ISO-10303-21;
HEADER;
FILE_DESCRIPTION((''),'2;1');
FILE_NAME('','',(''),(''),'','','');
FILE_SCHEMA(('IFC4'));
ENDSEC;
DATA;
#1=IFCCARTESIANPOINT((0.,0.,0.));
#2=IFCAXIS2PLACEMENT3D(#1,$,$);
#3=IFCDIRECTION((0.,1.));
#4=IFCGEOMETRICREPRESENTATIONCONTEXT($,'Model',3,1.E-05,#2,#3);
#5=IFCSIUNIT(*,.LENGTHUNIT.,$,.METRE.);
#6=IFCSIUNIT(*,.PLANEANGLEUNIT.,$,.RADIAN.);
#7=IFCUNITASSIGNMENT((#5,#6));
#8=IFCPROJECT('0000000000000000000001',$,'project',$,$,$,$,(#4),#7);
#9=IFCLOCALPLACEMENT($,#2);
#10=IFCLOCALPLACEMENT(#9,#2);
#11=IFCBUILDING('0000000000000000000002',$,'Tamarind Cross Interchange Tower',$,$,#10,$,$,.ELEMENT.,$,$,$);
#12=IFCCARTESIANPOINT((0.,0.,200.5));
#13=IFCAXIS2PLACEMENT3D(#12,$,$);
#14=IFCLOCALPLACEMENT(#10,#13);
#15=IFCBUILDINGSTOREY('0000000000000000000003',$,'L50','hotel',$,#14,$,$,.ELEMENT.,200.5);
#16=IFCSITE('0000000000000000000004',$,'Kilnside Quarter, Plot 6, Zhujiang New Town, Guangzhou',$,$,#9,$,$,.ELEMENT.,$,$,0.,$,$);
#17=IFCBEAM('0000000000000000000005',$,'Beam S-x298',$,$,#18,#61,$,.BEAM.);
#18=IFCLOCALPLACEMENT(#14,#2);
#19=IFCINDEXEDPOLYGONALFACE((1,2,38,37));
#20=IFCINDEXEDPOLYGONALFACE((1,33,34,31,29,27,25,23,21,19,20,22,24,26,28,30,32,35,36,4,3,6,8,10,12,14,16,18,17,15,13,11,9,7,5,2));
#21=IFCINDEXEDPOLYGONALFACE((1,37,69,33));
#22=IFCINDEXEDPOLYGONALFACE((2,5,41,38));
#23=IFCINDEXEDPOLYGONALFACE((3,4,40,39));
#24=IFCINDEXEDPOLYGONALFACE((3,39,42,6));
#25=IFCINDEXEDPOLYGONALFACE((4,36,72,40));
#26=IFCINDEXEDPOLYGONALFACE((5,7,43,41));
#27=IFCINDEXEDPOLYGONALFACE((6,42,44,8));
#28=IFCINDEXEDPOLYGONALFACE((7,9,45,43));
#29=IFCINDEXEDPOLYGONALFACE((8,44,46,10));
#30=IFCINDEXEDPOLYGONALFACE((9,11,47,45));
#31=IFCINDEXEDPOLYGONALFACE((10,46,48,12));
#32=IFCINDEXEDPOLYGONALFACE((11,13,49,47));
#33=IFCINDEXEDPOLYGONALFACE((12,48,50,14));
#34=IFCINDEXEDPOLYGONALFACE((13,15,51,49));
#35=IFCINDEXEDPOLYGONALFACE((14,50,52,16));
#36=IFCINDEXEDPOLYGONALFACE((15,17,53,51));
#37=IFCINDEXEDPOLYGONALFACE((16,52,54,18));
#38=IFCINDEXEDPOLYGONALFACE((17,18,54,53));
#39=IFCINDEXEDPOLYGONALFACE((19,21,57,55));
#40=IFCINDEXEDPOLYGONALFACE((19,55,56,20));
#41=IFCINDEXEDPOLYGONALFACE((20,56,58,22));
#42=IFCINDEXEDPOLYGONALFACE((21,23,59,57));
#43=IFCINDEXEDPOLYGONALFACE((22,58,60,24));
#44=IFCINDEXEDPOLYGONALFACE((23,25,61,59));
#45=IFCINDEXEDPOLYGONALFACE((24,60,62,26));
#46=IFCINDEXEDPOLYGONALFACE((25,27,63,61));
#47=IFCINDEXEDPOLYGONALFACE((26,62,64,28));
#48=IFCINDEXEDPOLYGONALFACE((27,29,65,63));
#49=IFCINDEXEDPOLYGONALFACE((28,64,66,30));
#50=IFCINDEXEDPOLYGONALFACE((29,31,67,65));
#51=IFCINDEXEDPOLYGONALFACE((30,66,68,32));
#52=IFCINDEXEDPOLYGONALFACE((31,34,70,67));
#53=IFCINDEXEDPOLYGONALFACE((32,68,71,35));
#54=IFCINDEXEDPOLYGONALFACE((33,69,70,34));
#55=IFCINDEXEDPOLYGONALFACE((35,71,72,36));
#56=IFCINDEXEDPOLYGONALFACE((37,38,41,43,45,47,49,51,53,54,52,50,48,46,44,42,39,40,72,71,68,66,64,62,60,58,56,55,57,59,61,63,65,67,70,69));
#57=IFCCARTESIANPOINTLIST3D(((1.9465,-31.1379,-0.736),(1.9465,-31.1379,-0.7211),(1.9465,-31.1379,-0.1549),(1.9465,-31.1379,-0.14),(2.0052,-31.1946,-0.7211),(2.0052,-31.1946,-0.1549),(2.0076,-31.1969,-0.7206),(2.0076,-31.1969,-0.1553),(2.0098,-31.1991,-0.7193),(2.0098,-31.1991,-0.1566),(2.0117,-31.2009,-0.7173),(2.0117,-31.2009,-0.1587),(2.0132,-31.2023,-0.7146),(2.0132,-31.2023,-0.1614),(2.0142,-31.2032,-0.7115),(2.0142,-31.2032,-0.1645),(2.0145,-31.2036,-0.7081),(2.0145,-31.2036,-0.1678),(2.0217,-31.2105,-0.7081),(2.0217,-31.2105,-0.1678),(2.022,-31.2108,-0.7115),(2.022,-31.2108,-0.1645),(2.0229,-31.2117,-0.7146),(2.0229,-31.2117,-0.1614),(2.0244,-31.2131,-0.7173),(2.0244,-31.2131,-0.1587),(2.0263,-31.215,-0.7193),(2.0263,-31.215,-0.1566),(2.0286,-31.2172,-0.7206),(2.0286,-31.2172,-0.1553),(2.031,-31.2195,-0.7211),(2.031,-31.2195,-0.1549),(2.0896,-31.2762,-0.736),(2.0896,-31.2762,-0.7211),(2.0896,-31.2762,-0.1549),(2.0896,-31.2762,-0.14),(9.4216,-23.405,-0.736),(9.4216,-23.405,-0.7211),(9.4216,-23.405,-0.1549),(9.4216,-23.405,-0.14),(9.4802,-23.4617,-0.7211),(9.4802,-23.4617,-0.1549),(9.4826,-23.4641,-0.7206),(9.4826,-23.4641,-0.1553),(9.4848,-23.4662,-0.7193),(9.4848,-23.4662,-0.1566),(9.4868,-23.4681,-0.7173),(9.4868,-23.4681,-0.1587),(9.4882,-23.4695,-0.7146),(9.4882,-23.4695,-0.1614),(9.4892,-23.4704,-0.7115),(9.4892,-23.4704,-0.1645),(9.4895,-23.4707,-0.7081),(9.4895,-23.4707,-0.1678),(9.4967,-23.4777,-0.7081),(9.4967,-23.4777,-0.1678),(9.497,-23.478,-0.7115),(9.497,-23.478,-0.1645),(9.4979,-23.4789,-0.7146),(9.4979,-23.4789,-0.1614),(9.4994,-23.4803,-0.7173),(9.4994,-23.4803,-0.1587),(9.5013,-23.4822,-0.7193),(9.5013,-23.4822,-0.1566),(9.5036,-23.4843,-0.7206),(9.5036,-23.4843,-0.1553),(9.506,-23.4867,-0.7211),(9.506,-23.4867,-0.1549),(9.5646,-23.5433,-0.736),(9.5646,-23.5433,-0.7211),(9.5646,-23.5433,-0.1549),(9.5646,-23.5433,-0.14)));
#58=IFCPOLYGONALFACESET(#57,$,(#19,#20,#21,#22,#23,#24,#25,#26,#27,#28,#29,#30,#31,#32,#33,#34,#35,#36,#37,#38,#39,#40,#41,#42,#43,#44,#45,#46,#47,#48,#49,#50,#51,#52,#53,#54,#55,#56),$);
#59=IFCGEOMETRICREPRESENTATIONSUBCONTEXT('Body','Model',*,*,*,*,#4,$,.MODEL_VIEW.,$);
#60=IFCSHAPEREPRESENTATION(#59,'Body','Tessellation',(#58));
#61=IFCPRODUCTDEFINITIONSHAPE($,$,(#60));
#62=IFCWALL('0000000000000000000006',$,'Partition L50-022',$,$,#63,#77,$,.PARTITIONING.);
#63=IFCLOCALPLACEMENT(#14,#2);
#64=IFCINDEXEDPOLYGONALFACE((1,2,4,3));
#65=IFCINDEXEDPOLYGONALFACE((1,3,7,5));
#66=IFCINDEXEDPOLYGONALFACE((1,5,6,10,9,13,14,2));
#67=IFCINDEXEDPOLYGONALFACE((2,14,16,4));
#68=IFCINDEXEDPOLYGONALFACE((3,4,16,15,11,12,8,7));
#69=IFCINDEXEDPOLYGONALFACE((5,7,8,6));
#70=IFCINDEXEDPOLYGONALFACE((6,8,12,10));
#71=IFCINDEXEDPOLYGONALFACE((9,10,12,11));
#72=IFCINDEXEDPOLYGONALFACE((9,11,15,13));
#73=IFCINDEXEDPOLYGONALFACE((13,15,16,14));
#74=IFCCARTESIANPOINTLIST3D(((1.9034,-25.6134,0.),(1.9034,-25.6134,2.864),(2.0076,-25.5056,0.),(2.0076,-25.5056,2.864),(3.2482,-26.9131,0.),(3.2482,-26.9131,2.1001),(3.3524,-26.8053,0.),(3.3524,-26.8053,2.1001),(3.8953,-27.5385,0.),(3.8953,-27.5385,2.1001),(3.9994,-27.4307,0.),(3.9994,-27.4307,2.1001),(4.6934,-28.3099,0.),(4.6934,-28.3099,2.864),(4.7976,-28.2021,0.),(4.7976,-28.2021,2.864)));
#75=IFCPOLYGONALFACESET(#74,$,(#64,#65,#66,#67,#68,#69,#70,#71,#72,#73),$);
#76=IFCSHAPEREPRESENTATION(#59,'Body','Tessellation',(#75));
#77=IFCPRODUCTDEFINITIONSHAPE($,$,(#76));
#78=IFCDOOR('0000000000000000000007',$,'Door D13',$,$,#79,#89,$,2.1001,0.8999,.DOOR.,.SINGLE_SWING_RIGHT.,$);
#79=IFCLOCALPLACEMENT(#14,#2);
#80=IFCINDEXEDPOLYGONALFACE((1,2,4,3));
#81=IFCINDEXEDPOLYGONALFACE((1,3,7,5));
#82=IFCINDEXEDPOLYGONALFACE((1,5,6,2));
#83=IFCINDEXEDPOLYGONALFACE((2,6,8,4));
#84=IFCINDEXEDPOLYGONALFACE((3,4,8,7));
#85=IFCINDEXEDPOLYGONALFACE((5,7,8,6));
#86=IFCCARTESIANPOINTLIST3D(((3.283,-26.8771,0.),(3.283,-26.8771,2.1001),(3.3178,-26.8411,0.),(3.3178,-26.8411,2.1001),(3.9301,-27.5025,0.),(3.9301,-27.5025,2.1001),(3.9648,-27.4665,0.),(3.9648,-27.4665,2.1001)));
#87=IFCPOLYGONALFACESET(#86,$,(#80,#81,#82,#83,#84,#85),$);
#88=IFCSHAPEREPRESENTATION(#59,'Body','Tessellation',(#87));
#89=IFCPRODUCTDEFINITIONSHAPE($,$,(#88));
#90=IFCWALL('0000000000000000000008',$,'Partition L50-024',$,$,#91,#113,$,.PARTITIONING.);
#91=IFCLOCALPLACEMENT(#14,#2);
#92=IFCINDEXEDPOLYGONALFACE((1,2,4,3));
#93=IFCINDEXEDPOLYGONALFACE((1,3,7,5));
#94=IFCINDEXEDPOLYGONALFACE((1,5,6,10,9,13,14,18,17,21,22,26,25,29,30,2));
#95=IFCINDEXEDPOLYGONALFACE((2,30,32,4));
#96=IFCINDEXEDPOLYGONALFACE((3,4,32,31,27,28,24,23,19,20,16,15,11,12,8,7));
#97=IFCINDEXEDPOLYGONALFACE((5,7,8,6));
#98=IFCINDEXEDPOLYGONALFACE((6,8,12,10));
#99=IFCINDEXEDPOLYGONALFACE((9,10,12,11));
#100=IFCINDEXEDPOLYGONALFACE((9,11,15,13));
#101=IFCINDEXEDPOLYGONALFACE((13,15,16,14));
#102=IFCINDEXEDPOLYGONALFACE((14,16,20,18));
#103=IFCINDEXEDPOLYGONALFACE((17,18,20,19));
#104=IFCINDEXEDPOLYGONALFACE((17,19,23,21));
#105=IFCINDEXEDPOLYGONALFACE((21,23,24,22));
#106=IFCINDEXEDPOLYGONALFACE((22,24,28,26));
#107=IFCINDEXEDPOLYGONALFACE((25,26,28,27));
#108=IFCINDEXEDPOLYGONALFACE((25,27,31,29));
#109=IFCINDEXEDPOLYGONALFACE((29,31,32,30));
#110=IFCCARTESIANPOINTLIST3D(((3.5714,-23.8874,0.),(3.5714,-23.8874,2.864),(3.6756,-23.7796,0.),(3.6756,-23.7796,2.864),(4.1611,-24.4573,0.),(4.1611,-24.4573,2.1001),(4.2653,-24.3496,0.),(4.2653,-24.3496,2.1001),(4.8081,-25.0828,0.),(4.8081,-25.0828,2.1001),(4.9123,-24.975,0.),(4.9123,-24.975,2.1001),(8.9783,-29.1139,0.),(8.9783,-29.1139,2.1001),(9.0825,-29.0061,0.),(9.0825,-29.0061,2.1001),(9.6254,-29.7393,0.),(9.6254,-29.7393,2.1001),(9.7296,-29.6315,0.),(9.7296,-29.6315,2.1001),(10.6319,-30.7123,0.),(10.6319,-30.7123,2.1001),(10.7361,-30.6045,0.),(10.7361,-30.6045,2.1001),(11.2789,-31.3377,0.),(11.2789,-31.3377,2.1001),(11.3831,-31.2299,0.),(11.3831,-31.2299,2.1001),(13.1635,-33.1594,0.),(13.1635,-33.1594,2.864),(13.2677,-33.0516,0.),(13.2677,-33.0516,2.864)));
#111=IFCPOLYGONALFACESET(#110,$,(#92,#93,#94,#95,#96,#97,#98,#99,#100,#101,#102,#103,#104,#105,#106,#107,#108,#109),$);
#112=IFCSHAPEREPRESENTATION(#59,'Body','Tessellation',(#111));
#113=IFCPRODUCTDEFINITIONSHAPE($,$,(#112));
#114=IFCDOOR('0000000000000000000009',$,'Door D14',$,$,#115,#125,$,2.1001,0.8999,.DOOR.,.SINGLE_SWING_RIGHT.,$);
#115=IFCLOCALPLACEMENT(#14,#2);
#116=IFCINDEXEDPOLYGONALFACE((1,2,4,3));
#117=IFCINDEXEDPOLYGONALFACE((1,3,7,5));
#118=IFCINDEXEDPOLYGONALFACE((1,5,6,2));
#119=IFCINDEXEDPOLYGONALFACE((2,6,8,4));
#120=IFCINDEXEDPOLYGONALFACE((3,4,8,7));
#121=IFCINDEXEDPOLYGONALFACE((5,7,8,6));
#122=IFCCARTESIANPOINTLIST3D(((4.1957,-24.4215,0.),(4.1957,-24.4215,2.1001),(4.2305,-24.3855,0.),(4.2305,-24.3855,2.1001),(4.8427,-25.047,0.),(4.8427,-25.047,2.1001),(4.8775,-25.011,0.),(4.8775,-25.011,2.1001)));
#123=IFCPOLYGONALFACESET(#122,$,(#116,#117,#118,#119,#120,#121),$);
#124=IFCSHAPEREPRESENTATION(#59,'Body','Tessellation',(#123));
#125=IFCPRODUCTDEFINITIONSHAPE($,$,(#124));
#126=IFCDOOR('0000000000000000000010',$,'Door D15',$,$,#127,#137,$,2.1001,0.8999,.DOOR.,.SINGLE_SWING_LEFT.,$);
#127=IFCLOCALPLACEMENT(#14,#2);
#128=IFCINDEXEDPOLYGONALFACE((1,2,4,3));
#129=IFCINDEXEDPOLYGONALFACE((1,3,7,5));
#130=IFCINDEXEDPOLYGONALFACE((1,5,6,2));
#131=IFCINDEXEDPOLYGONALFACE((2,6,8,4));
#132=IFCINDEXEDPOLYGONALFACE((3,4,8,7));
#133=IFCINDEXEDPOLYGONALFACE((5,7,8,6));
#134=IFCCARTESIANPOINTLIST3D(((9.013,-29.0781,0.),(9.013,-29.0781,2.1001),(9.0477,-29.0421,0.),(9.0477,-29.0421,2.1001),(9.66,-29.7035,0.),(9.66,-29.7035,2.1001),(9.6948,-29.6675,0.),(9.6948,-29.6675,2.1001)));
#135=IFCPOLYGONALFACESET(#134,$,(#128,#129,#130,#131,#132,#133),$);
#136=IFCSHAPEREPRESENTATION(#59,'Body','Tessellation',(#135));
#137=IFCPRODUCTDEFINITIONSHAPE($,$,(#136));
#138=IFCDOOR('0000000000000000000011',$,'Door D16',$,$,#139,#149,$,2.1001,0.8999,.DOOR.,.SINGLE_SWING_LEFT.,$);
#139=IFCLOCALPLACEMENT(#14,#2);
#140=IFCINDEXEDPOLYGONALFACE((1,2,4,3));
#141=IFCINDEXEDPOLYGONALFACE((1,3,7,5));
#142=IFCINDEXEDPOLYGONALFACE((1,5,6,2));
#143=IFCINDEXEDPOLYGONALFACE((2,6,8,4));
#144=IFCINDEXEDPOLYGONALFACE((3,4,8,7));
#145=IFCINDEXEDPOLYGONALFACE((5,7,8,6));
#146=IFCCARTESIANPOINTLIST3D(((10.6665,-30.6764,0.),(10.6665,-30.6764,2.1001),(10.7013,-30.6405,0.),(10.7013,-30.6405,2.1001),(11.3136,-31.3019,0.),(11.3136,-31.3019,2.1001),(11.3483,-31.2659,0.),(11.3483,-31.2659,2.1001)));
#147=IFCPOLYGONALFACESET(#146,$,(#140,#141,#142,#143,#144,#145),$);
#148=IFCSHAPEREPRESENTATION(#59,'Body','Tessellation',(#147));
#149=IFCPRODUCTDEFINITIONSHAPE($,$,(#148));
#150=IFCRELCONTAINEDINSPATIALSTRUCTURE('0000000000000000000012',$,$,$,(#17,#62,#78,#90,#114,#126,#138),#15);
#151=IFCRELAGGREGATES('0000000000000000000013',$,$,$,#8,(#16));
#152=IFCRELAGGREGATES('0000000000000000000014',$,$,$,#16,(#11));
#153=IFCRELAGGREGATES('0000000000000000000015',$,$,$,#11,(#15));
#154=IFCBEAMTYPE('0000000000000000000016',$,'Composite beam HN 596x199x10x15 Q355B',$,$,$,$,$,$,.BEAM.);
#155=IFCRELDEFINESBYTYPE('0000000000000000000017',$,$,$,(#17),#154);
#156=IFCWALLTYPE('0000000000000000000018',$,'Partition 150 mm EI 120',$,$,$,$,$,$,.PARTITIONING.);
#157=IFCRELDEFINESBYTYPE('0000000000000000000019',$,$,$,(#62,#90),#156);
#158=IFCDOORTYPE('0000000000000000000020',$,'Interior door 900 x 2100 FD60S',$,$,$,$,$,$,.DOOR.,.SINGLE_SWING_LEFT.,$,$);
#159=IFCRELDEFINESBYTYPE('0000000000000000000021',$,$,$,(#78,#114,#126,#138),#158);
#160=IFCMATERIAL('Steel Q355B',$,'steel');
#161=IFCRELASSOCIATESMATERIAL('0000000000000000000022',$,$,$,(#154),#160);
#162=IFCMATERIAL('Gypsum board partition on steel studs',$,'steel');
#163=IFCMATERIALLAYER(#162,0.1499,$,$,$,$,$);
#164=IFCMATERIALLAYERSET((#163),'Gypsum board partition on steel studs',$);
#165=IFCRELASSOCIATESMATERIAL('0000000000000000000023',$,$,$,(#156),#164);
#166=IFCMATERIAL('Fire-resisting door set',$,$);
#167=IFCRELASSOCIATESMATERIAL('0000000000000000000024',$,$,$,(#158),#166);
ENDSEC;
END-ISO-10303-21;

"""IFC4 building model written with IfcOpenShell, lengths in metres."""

from ifc_helpers import new_model, si_unit, direction, frame, frame_2d, origin, origin_2d, place, context, subcontext, project, spatial, rectangle, i_section, extrude, material, layer, layer_set, material_profile, profile_set, type_object, element, fill, save


model = new_model("IFC4")

# Units and contexts
model_context = context("Model", 3, precision=1e-05, world=origin(), true_north=direction((0.0, 1.0)))
body_context = subcontext(model_context, "Body", "Model", "MODEL_VIEW")
ifc_project = project(units=[si_unit("LENGTHUNIT", "METRE"), si_unit("PLANEANGLEUNIT", "RADIAN")], contexts=[model_context])

# Site, building, storey
site_placement = place(None, origin())
site = spatial("IfcSite", under=ifc_project, at=site_placement, Name="Kilnside Quarter, Plot 6, Zhujiang New Town, Guangzhou", CompositionType="ELEMENT", RefElevation=0.0)
building_placement = place(site_placement, origin())
building = spatial("IfcBuilding", under=site, at=building_placement, Name="Tamarind Cross Interchange Tower", CompositionType="ELEMENT")
storey_placement = place(building_placement, frame((0.0, 0.0, 200.5)))
storey = spatial("IfcBuildingStorey", under=building, at=storey_placement, Name="L50", Description="hotel", CompositionType="ELEMENT", Elevation=200.5)

# Beam
ifc_material_1 = material(Name="Steel Q355B", Category="steel")
ifc_material_profile_1 = material_profile(ifc_material_1, i_section(OverallWidth=0.199, OverallDepth=0.5959, WebThickness=0.01, FlangeThickness=0.0149, FilletRadius=0.0129, at=origin_2d()), Name="HN 596x199x10x15")
ifc_profile_set_1 = profile_set([ifc_material_profile_1], Name="Steel Q355B")
beam_type_1 = type_object("IfcBeamType", Name="Composite beam HN 596x199x10x15 Q355B", PredefinedType="BEAM", material=ifc_profile_set_1)
beam_1_placement = place(storey_placement, frame((2.0181, -31.207, -0.438), z_axis=(0.69502, 0.718991, 0.0), x_axis=(-0.718991, 0.69502, 0.0)))
element("IfcBeam", 1, at=beam_1_placement, inside=storey, type_object=beam_type_1, Name="Beam S-x298", PredefinedType="BEAM", context=body_context, shape_type="SweptSolid", body=[
    extrude(i_section(OverallWidth=0.199, OverallDepth=0.5959, WebThickness=0.01, FlangeThickness=0.0149, FilletRadius=0.0129, at=origin_2d()), origin(), (0.0, 0.0, 1.0), 10.7551),
])

# Wall, opening, door
ifc_material_2 = material(Name="Gypsum board partition on steel studs", Category="steel")
ifc_layer_1 = layer(ifc_material_2, 0.1499)
ifc_layer_set_1 = layer_set([ifc_layer_1], Name="Gypsum board partition on steel studs")
wall_type_1 = type_object("IfcWallType", Name="Partition 150 mm EI 120", PredefinedType="PARTITIONING", material=ifc_layer_set_1)
wall_1_placement = place(storey_placement, frame((1.9556, -25.5596, 0.0), z_axis=(0.0, 0.0, 1.0), x_axis=(0.719053, -0.694955, 0.0)))
wall_1 = element("IfcWall", 2, at=wall_1_placement, inside=storey, type_object=wall_type_1, Name="Partition L50-022", PredefinedType="PARTITIONING", context=body_context, shape_type="SweptSolid", body=[
    extrude(rectangle(XDim=3.8801, YDim=0.1499, at=frame_2d((1.9399, 0.0))), origin(), (0.0, 0.0, 1.0), 2.864),
])
opening_1_placement = place(wall_1_placement, frame((1.8701, 0.0, 0.0)))
opening_1 = element("IfcOpeningElement", 3, at=opening_1_placement, cuts=wall_1, PredefinedType="OPENING", context=body_context, shape_type="SweptSolid", body=[
    extrude(rectangle(XDim=0.8999, YDim=2.1001, at=frame_2d((0.45, 1.05))), frame((0.0, 0.085, 0.0), z_axis=(0.0, -1.0, 0.0), x_axis=(1.0, 0.0, 0.0)), (0.0, 0.0, 1.0), 0.1699),
])
ifc_material_3 = material(Name="Fire-resisting door set")
door_type_1 = type_object("IfcDoorType", Name="Interior door 900 x 2100 FD60S", OperationType="SINGLE_SWING_LEFT", PredefinedType="DOOR", material=ifc_material_3)
door_1_placement = place(opening_1_placement, frame((0.8999, 0.0, 0.0), z_axis=(0.0, 0.0, 1.0), x_axis=(-1.0, 0.0, 0.0)))
door_1 = element("IfcDoor", 4, at=door_1_placement, inside=storey, type_object=door_type_1, Name="Door D13", OperationType="SINGLE_SWING_RIGHT", OverallHeight=2.1001, OverallWidth=0.8999, PredefinedType="DOOR", context=body_context, shape_type="SweptSolid", body=[
    extrude(rectangle(XDim=0.8999, YDim=2.1001, at=frame_2d((0.45, 1.05))), frame((0.0, 0.0249, 0.0), z_axis=(0.0, -1.0, 0.0), x_axis=(1.0, 0.0, 0.0)), (0.0, 0.0, 1.0), 0.05),
])
fill(opening_1, door_1)

# Wall, openings, doors
wall_2_placement = place(storey_placement, frame((3.6235, -23.8335, 0.0), z_axis=(0.0, 0.0, 1.0), x_axis=(0.719001, -0.695009, 0.0)))
wall_2 = element("IfcWall", 5, at=wall_2_placement, inside=storey, type_object=wall_type_1, Name="Partition L50-024", PredefinedType="PARTITIONING", context=body_context, shape_type="SweptSolid", body=[
    extrude(rectangle(XDim=13.3408, YDim=0.1499, at=frame_2d((6.6704, 0.0))), origin(), (0.0, 0.0, 1.0), 2.864),
])
opening_2_placement = place(wall_2_placement, frame((0.8201, 0.0, 0.0)))
opening_2 = element("IfcOpeningElement", 6, at=opening_2_placement, cuts=wall_2, PredefinedType="OPENING", context=body_context, shape_type="SweptSolid", body=[
    extrude(rectangle(XDim=0.8999, YDim=2.1001, at=frame_2d((0.45, 1.05))), frame((0.0, 0.085, 0.0), z_axis=(0.0, -1.0, 0.0), x_axis=(1.0, 0.0, 0.0)), (0.0, 0.0, 1.0), 0.1699),
])
opening_3_placement = place(wall_2_placement, frame((7.52, 0.0, 0.0)))
opening_3 = element("IfcOpeningElement", 7, at=opening_3_placement, cuts=wall_2, PredefinedType="OPENING", context=body_context, shape_type="SweptSolid", body=[
    extrude(rectangle(XDim=0.8999, YDim=2.1001, at=frame_2d((0.45, 1.05))), frame((0.0, 0.085, 0.0), z_axis=(0.0, -1.0, 0.0), x_axis=(1.0, 0.0, 0.0)), (0.0, 0.0, 1.0), 0.1699),
])
opening_4_placement = place(wall_2_placement, frame((9.8198, 0.0, 0.0)))
opening_4 = element("IfcOpeningElement", 8, at=opening_4_placement, cuts=wall_2, PredefinedType="OPENING", context=body_context, shape_type="SweptSolid", body=[
    extrude(rectangle(XDim=0.8999, YDim=2.1001, at=frame_2d((0.45, 1.05))), frame((0.0, 0.085, 0.0), z_axis=(0.0, -1.0, 0.0), x_axis=(1.0, 0.0, 0.0)), (0.0, 0.0, 1.0), 0.1699),
])
door_2_placement = place(opening_2_placement, origin())
door_2 = element("IfcDoor", 9, at=door_2_placement, inside=storey, type_object=door_type_1, Name="Door D14", OperationType="SINGLE_SWING_RIGHT", OverallHeight=2.1001, OverallWidth=0.8999, PredefinedType="DOOR", context=body_context, shape_type="SweptSolid", body=[
    extrude(rectangle(XDim=0.8999, YDim=2.1001, at=frame_2d((0.45, 1.05))), frame((0.0, 0.0249, 0.0), z_axis=(0.0, -1.0, 0.0), x_axis=(1.0, 0.0, 0.0)), (0.0, 0.0, 1.0), 0.05),
])
fill(opening_2, door_2)
door_3_placement = place(opening_3_placement, origin())
door_3 = element("IfcDoor", 10, at=door_3_placement, inside=storey, type_object=door_type_1, Name="Door D15", OperationType="SINGLE_SWING_LEFT", OverallHeight=2.1001, OverallWidth=0.8999, PredefinedType="DOOR", context=body_context, shape_type="SweptSolid", body=[
    extrude(rectangle(XDim=0.8999, YDim=2.1001, at=frame_2d((0.45, 1.05))), frame((0.0, 0.0249, 0.0), z_axis=(0.0, -1.0, 0.0), x_axis=(1.0, 0.0, 0.0)), (0.0, 0.0, 1.0), 0.05),
])
fill(opening_3, door_3)
door_4_placement = place(opening_4_placement, origin())
door_4 = element("IfcDoor", 11, at=door_4_placement, inside=storey, type_object=door_type_1, Name="Door D16", OperationType="SINGLE_SWING_LEFT", OverallHeight=2.1001, OverallWidth=0.8999, PredefinedType="DOOR", context=body_context, shape_type="SweptSolid", body=[
    extrude(rectangle(XDim=0.8999, YDim=2.1001, at=frame_2d((0.45, 1.05))), frame((0.0, 0.0249, 0.0), z_axis=(0.0, -1.0, 0.0), x_axis=(1.0, 0.0, 0.0)), (0.0, 0.0, 1.0), 0.05),
])
fill(opening_4, door_4)

save(model, "model.ifc")
